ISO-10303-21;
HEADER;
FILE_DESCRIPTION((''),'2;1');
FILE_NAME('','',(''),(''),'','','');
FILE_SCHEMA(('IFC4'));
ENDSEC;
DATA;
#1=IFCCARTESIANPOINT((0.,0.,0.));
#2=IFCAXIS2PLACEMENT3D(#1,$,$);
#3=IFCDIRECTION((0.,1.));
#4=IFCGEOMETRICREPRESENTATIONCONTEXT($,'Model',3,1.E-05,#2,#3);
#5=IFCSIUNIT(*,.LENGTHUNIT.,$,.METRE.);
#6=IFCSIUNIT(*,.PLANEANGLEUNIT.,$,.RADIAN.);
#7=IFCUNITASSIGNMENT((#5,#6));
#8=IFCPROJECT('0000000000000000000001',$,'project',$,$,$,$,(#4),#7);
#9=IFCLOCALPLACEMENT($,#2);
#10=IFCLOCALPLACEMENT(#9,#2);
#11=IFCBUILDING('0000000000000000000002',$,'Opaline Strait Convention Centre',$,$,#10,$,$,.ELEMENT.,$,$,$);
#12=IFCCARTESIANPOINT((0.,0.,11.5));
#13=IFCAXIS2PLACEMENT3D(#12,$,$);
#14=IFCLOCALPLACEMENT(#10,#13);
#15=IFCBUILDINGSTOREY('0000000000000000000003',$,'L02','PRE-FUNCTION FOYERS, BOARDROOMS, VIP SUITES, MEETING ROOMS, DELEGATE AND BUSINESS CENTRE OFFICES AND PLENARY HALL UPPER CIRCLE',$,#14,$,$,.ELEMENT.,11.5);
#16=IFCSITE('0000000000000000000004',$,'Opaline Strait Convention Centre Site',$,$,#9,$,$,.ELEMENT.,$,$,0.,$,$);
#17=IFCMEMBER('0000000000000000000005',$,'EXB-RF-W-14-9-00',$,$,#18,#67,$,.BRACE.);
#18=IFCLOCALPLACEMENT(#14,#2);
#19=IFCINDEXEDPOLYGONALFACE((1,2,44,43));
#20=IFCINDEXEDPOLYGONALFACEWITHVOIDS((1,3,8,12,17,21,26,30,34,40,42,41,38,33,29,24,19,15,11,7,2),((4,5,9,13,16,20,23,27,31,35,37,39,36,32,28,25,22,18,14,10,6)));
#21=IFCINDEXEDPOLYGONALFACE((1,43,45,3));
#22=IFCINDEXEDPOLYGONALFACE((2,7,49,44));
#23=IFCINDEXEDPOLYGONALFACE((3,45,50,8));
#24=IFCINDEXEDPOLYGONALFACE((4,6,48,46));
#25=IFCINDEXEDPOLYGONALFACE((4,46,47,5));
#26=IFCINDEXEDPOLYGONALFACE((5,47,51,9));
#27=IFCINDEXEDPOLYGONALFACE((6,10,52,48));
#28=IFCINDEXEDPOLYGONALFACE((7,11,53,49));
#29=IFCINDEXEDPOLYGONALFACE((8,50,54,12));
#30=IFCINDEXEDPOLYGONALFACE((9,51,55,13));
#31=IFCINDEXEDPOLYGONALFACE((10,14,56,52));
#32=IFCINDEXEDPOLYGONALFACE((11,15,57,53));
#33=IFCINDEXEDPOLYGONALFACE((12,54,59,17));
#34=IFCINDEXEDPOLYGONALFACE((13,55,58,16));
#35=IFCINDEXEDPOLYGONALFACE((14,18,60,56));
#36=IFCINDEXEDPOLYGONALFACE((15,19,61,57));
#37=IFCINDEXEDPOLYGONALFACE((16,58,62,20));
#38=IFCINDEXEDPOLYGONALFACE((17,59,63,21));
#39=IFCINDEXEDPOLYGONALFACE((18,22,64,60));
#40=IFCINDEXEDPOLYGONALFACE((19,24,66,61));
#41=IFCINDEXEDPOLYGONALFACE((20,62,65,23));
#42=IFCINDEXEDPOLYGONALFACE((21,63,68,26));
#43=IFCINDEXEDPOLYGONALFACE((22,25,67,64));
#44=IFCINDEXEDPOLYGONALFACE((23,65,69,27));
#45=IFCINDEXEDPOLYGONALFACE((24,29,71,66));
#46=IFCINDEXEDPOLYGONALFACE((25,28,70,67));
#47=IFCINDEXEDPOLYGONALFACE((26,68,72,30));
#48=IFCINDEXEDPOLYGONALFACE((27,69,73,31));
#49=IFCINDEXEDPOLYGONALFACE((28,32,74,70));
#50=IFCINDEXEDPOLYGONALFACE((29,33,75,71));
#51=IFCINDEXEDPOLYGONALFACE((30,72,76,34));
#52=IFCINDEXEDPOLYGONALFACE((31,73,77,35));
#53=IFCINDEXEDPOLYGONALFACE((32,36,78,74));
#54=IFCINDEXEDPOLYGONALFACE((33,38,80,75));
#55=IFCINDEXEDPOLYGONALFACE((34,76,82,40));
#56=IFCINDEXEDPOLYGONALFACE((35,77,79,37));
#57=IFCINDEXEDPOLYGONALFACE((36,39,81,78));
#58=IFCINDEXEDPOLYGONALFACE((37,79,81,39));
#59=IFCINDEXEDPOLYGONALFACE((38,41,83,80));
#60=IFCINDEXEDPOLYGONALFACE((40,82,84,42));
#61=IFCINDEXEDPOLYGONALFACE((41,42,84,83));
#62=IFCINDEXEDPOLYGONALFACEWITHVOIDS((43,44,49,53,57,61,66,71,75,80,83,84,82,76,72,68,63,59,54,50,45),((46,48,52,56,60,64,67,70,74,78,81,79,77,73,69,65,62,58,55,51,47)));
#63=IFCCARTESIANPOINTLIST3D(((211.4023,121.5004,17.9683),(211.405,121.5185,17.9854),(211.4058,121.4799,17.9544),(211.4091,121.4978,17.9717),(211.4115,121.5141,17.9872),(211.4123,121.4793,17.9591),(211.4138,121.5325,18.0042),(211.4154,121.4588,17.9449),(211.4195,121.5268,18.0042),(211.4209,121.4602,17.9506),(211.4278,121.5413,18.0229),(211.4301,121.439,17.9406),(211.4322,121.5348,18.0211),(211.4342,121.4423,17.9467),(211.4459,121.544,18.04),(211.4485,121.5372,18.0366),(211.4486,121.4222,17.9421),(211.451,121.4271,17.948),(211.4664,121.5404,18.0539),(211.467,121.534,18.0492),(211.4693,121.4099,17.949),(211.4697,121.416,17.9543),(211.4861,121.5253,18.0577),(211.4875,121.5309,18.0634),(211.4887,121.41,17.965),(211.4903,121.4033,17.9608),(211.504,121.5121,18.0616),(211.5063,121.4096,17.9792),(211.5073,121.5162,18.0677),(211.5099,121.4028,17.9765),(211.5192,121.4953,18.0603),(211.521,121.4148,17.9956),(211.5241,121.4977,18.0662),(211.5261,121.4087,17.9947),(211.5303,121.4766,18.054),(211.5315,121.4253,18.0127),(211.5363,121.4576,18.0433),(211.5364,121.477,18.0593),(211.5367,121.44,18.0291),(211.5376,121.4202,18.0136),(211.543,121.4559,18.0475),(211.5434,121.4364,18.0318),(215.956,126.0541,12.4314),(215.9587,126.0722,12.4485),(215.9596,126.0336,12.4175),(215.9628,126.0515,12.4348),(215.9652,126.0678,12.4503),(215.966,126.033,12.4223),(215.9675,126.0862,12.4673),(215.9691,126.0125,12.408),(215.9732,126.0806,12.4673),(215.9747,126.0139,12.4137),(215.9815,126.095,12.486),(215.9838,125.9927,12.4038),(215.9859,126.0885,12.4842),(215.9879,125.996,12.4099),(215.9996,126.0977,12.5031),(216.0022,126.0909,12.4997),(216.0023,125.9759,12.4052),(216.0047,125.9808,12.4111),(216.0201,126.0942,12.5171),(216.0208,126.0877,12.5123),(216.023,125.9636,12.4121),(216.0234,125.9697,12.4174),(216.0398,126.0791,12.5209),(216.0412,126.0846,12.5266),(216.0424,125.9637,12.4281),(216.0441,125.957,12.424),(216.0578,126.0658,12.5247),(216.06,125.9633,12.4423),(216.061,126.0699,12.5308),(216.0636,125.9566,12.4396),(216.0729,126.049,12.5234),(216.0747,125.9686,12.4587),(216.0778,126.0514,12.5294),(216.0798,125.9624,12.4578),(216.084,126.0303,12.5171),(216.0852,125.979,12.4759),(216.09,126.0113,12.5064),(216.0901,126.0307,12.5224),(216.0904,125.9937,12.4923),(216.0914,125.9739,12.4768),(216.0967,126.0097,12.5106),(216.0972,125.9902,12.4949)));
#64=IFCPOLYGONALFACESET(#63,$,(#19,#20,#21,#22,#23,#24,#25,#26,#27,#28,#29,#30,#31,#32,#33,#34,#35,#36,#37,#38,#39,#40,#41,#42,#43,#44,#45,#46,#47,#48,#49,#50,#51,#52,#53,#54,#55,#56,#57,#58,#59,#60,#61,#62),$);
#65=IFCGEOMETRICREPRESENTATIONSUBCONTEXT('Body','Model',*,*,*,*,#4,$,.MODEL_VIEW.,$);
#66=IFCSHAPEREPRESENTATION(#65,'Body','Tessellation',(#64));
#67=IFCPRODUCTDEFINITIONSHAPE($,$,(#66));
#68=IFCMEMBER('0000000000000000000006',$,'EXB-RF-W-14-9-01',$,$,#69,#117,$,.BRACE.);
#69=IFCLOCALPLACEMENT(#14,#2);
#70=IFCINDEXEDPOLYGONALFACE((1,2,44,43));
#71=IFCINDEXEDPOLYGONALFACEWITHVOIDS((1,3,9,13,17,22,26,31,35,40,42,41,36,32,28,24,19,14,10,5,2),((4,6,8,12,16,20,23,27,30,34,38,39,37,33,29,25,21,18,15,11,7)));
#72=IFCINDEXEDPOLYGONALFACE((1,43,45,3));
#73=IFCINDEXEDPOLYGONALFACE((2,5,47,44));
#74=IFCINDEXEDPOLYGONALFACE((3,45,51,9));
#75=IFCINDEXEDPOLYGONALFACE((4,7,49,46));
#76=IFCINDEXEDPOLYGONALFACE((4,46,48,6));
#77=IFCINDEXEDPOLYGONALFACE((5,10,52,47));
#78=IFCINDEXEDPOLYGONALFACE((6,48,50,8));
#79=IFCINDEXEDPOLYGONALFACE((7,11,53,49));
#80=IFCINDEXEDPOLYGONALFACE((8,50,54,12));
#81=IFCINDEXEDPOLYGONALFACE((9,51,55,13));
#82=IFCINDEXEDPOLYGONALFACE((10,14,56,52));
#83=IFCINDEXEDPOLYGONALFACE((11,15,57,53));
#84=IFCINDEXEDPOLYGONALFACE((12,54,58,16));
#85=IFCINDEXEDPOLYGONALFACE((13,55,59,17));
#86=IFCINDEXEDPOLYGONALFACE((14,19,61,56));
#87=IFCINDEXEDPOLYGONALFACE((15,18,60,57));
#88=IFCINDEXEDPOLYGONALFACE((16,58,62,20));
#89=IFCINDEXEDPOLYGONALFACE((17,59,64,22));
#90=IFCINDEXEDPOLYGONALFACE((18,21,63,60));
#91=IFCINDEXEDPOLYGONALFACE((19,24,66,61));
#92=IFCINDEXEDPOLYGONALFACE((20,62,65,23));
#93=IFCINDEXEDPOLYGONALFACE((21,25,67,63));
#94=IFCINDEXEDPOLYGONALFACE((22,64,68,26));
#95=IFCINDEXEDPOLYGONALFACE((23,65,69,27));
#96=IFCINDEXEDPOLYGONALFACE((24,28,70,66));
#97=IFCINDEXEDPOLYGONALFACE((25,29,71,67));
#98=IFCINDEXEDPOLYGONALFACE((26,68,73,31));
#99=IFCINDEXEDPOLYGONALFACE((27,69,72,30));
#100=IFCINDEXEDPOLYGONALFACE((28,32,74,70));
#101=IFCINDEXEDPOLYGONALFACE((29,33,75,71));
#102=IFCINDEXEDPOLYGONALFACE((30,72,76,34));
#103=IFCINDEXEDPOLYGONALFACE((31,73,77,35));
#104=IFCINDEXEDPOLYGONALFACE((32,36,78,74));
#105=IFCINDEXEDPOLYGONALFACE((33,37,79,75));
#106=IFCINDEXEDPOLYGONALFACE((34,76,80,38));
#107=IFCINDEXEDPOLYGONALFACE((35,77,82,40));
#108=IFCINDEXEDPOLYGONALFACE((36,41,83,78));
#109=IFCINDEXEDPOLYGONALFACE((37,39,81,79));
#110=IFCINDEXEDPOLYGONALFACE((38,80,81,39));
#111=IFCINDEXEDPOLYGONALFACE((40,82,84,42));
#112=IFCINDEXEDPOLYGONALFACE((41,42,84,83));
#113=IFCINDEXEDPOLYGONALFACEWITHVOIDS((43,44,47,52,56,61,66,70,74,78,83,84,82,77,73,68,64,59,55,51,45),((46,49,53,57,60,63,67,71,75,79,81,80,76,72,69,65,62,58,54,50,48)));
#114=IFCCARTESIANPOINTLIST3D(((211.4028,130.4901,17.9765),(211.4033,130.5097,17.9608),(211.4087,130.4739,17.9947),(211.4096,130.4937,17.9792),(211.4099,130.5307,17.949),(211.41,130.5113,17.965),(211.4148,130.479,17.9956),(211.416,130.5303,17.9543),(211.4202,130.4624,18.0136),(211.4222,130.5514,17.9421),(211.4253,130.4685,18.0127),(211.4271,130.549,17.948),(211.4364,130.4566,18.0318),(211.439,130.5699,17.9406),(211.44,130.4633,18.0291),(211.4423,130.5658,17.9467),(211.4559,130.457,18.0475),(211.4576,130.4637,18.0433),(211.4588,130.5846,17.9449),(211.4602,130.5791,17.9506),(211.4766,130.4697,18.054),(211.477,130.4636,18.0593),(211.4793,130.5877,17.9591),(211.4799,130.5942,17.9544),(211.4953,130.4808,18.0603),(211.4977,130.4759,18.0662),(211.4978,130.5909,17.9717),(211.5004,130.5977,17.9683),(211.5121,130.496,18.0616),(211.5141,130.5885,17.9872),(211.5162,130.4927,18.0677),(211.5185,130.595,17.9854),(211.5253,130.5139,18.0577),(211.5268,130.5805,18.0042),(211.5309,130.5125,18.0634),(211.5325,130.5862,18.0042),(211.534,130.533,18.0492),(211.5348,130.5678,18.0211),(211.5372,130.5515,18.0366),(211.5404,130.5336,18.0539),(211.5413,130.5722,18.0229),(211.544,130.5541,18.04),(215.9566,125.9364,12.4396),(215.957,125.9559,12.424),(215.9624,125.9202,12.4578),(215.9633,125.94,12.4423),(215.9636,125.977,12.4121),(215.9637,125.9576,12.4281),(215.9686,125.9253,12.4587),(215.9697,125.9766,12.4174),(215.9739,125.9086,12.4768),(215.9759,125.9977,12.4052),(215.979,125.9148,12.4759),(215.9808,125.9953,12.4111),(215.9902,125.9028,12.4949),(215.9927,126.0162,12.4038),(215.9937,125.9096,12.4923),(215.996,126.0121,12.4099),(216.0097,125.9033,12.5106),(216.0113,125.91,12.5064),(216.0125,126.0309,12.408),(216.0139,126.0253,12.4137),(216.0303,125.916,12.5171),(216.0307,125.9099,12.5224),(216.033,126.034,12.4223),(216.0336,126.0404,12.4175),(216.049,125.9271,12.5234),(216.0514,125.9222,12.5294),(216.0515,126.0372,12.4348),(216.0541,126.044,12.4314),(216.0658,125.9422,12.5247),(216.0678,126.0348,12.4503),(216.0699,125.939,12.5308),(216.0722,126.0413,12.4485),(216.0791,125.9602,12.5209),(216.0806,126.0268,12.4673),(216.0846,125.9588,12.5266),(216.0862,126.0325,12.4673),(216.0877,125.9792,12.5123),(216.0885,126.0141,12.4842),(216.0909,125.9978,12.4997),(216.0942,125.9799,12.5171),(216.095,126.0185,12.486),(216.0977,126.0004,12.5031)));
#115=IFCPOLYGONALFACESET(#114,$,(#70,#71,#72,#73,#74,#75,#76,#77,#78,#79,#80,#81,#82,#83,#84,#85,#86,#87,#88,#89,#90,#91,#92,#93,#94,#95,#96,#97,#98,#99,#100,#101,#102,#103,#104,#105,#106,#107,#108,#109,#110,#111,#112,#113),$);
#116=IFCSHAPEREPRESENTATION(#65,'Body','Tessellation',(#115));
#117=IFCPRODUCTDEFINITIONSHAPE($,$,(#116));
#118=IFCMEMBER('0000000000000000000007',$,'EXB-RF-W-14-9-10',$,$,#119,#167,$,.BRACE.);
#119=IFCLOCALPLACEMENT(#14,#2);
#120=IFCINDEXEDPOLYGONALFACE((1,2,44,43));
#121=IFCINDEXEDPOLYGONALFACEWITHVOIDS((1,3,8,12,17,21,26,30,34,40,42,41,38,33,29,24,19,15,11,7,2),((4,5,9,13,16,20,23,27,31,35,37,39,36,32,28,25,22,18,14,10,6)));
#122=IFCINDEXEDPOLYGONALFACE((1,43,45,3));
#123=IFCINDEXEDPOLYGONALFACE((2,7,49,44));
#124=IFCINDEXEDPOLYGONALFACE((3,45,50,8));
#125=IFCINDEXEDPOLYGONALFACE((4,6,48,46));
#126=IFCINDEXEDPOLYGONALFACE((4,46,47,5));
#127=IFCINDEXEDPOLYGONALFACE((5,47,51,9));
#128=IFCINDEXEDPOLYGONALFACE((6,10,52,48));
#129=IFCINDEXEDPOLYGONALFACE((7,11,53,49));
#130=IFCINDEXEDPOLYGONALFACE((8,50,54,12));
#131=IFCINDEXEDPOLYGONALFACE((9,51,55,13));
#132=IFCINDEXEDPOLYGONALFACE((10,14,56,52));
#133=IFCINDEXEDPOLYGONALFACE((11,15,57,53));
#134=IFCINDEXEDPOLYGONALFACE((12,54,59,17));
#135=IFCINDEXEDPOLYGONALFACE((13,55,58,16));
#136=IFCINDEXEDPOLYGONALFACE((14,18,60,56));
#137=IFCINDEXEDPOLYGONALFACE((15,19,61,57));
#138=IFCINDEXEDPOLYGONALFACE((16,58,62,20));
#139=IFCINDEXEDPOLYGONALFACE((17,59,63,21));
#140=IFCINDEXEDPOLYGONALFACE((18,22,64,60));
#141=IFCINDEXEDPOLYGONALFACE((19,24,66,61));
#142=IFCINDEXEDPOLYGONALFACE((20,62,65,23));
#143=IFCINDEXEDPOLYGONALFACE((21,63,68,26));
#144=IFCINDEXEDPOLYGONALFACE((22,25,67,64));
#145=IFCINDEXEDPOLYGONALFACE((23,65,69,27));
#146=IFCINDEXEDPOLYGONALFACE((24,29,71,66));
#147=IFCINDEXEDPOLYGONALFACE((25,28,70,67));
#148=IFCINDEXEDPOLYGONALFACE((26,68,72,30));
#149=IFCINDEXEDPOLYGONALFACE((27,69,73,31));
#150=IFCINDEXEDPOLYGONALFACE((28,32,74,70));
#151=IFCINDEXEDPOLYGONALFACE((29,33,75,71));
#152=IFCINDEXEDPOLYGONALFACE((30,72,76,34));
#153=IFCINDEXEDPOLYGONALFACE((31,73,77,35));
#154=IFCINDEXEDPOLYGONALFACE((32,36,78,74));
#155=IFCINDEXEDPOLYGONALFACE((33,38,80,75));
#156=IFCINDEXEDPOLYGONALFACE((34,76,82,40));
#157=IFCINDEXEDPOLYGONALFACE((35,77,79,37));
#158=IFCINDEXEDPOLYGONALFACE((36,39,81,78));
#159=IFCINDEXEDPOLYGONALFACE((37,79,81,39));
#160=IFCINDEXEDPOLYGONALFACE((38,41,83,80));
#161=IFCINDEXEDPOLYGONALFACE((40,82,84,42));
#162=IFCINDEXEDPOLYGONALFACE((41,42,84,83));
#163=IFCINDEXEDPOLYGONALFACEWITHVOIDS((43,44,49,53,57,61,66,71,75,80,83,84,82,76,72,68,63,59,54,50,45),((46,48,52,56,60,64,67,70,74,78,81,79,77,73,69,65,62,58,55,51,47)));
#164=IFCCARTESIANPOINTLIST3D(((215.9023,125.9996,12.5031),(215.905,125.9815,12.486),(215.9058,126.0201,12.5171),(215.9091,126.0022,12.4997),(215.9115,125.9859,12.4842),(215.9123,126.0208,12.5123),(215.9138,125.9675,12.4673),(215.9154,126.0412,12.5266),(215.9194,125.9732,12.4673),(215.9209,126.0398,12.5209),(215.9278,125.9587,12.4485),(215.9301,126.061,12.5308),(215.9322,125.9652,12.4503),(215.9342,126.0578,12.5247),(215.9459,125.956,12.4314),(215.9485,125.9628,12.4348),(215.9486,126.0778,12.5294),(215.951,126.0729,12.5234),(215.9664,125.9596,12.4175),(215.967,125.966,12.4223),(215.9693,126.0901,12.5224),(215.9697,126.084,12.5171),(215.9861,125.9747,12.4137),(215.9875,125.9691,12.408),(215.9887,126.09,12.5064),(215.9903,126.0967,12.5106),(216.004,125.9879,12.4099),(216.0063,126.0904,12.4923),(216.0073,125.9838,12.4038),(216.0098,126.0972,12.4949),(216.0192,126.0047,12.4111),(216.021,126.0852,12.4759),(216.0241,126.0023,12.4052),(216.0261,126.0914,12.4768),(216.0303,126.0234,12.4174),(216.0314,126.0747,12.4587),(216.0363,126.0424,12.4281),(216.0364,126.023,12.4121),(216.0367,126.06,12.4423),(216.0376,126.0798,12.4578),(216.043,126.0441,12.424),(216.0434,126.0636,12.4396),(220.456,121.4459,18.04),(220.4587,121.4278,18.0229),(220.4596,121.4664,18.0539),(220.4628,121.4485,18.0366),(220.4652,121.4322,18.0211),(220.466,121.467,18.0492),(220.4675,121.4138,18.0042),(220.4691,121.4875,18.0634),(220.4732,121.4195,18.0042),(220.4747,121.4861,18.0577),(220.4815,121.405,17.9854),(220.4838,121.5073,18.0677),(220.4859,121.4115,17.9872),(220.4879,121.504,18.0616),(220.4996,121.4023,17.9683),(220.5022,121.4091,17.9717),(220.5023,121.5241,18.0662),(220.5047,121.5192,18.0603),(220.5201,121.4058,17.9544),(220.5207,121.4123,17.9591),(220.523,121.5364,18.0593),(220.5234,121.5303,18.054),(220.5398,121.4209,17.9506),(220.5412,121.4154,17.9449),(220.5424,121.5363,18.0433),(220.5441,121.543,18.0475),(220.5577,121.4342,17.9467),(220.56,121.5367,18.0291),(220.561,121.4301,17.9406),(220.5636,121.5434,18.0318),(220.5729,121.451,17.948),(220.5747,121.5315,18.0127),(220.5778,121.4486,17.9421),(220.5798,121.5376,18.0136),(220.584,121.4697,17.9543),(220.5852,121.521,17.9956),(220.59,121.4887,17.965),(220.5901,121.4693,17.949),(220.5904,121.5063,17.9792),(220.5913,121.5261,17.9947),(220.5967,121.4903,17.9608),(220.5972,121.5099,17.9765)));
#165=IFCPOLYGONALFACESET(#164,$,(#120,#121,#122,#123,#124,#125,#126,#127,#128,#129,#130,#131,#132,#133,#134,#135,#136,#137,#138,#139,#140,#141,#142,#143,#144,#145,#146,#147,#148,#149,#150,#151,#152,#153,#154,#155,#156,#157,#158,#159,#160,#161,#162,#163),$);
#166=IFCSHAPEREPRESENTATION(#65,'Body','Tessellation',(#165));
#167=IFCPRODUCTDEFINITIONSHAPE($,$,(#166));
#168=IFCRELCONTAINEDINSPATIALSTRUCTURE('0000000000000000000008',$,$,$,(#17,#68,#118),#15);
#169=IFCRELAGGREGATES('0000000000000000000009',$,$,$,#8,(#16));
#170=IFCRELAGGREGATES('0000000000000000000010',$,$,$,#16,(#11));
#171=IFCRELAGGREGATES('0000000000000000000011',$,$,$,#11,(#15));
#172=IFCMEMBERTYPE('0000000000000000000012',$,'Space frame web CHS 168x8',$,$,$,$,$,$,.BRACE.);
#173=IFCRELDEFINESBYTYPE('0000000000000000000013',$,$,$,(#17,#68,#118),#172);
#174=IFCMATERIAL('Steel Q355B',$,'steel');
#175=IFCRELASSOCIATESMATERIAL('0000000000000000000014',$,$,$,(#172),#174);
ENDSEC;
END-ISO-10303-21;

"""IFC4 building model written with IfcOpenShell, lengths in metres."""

from ifc_helpers import new_model, si_unit, direction, frame, origin, origin_2d, place, context, subcontext, project, spatial, hollow_circle, extrude, material, material_profile, profile_set, type_object, element, save


model = new_model("IFC4")

# Units and contexts
model_context = context("Model", 3, precision=1e-05, world=origin(), true_north=direction((0.0, 1.0)))
body_context = subcontext(model_context, "Body", "Model", "MODEL_VIEW")
ifc_project = project(units=[si_unit("LENGTHUNIT", "METRE"), si_unit("PLANEANGLEUNIT", "RADIAN")], contexts=[model_context])

# Site, building, storey
site_placement = place(None, origin())
site = spatial("IfcSite", under=ifc_project, at=site_placement, Name="Opaline Strait Convention Centre Site", CompositionType="ELEMENT", RefElevation=0.0)
building_placement = place(site_placement, origin())
building = spatial("IfcBuilding", under=site, at=building_placement, Name="Opaline Strait Convention Centre", CompositionType="ELEMENT")
storey_placement = place(building_placement, frame((0.0, 0.0, 11.5)))
storey = spatial("IfcBuildingStorey", under=building, at=storey_placement, Name="L02", Description="PRE-FUNCTION FOYERS, BOARDROOMS, VIP SUITES, MEETING ROOMS, DELEGATE AND BUSINESS CENTRE OFFICES AND PLENARY HALL UPPER CIRCLE", CompositionType="ELEMENT", Elevation=11.5)

# Members
ifc_material = material(Name="Steel Q355B", Category="steel")
ifc_material_profile_1 = material_profile(ifc_material, hollow_circle(Radius=0.084, WallThickness=0.0081, at=origin_2d()), Name="CHS 168x8")
ifc_profile_set_1 = profile_set([ifc_material_profile_1], Name="Steel Q355B")
member_type_1 = type_object("IfcMemberType", Name="Space frame web CHS 168x8", PredefinedType="BRACE", material=ifc_profile_set_1)
for number, where, z_axis, x_axis, name in (
    (1, (211.4731, 121.4731, 18.0042), (0.536178, 0.536178, -0.65194), (-0.707107, 0.707107, 0.0), "EXB-RF-W-14-9-00"),
    (2, (211.4731, 130.5269, 18.0042), (0.536178, -0.536178, -0.65194), (0.707107, 0.707107, 0.0), "EXB-RF-W-14-9-01"),
    (3, (220.5269, 121.4731, 18.0042), (-0.536178, 0.536178, -0.65194), (-0.707107, -0.707107, 0.0), "EXB-RF-W-14-9-10"),
):
    element("IfcMember", number, at=place(storey_placement, frame(where, z_axis=z_axis, x_axis=x_axis)), inside=storey, type_object=member_type_1, Name=name, PredefinedType="BRACE", context=body_context, shape_type="SweptSolid", body=[
        extrude(hollow_circle(Radius=0.084, WallThickness=0.0081, at=origin_2d()), origin(), (0.0, 0.0, 1.0), 8.4929),
    ])

save(model, "model.ifc")
